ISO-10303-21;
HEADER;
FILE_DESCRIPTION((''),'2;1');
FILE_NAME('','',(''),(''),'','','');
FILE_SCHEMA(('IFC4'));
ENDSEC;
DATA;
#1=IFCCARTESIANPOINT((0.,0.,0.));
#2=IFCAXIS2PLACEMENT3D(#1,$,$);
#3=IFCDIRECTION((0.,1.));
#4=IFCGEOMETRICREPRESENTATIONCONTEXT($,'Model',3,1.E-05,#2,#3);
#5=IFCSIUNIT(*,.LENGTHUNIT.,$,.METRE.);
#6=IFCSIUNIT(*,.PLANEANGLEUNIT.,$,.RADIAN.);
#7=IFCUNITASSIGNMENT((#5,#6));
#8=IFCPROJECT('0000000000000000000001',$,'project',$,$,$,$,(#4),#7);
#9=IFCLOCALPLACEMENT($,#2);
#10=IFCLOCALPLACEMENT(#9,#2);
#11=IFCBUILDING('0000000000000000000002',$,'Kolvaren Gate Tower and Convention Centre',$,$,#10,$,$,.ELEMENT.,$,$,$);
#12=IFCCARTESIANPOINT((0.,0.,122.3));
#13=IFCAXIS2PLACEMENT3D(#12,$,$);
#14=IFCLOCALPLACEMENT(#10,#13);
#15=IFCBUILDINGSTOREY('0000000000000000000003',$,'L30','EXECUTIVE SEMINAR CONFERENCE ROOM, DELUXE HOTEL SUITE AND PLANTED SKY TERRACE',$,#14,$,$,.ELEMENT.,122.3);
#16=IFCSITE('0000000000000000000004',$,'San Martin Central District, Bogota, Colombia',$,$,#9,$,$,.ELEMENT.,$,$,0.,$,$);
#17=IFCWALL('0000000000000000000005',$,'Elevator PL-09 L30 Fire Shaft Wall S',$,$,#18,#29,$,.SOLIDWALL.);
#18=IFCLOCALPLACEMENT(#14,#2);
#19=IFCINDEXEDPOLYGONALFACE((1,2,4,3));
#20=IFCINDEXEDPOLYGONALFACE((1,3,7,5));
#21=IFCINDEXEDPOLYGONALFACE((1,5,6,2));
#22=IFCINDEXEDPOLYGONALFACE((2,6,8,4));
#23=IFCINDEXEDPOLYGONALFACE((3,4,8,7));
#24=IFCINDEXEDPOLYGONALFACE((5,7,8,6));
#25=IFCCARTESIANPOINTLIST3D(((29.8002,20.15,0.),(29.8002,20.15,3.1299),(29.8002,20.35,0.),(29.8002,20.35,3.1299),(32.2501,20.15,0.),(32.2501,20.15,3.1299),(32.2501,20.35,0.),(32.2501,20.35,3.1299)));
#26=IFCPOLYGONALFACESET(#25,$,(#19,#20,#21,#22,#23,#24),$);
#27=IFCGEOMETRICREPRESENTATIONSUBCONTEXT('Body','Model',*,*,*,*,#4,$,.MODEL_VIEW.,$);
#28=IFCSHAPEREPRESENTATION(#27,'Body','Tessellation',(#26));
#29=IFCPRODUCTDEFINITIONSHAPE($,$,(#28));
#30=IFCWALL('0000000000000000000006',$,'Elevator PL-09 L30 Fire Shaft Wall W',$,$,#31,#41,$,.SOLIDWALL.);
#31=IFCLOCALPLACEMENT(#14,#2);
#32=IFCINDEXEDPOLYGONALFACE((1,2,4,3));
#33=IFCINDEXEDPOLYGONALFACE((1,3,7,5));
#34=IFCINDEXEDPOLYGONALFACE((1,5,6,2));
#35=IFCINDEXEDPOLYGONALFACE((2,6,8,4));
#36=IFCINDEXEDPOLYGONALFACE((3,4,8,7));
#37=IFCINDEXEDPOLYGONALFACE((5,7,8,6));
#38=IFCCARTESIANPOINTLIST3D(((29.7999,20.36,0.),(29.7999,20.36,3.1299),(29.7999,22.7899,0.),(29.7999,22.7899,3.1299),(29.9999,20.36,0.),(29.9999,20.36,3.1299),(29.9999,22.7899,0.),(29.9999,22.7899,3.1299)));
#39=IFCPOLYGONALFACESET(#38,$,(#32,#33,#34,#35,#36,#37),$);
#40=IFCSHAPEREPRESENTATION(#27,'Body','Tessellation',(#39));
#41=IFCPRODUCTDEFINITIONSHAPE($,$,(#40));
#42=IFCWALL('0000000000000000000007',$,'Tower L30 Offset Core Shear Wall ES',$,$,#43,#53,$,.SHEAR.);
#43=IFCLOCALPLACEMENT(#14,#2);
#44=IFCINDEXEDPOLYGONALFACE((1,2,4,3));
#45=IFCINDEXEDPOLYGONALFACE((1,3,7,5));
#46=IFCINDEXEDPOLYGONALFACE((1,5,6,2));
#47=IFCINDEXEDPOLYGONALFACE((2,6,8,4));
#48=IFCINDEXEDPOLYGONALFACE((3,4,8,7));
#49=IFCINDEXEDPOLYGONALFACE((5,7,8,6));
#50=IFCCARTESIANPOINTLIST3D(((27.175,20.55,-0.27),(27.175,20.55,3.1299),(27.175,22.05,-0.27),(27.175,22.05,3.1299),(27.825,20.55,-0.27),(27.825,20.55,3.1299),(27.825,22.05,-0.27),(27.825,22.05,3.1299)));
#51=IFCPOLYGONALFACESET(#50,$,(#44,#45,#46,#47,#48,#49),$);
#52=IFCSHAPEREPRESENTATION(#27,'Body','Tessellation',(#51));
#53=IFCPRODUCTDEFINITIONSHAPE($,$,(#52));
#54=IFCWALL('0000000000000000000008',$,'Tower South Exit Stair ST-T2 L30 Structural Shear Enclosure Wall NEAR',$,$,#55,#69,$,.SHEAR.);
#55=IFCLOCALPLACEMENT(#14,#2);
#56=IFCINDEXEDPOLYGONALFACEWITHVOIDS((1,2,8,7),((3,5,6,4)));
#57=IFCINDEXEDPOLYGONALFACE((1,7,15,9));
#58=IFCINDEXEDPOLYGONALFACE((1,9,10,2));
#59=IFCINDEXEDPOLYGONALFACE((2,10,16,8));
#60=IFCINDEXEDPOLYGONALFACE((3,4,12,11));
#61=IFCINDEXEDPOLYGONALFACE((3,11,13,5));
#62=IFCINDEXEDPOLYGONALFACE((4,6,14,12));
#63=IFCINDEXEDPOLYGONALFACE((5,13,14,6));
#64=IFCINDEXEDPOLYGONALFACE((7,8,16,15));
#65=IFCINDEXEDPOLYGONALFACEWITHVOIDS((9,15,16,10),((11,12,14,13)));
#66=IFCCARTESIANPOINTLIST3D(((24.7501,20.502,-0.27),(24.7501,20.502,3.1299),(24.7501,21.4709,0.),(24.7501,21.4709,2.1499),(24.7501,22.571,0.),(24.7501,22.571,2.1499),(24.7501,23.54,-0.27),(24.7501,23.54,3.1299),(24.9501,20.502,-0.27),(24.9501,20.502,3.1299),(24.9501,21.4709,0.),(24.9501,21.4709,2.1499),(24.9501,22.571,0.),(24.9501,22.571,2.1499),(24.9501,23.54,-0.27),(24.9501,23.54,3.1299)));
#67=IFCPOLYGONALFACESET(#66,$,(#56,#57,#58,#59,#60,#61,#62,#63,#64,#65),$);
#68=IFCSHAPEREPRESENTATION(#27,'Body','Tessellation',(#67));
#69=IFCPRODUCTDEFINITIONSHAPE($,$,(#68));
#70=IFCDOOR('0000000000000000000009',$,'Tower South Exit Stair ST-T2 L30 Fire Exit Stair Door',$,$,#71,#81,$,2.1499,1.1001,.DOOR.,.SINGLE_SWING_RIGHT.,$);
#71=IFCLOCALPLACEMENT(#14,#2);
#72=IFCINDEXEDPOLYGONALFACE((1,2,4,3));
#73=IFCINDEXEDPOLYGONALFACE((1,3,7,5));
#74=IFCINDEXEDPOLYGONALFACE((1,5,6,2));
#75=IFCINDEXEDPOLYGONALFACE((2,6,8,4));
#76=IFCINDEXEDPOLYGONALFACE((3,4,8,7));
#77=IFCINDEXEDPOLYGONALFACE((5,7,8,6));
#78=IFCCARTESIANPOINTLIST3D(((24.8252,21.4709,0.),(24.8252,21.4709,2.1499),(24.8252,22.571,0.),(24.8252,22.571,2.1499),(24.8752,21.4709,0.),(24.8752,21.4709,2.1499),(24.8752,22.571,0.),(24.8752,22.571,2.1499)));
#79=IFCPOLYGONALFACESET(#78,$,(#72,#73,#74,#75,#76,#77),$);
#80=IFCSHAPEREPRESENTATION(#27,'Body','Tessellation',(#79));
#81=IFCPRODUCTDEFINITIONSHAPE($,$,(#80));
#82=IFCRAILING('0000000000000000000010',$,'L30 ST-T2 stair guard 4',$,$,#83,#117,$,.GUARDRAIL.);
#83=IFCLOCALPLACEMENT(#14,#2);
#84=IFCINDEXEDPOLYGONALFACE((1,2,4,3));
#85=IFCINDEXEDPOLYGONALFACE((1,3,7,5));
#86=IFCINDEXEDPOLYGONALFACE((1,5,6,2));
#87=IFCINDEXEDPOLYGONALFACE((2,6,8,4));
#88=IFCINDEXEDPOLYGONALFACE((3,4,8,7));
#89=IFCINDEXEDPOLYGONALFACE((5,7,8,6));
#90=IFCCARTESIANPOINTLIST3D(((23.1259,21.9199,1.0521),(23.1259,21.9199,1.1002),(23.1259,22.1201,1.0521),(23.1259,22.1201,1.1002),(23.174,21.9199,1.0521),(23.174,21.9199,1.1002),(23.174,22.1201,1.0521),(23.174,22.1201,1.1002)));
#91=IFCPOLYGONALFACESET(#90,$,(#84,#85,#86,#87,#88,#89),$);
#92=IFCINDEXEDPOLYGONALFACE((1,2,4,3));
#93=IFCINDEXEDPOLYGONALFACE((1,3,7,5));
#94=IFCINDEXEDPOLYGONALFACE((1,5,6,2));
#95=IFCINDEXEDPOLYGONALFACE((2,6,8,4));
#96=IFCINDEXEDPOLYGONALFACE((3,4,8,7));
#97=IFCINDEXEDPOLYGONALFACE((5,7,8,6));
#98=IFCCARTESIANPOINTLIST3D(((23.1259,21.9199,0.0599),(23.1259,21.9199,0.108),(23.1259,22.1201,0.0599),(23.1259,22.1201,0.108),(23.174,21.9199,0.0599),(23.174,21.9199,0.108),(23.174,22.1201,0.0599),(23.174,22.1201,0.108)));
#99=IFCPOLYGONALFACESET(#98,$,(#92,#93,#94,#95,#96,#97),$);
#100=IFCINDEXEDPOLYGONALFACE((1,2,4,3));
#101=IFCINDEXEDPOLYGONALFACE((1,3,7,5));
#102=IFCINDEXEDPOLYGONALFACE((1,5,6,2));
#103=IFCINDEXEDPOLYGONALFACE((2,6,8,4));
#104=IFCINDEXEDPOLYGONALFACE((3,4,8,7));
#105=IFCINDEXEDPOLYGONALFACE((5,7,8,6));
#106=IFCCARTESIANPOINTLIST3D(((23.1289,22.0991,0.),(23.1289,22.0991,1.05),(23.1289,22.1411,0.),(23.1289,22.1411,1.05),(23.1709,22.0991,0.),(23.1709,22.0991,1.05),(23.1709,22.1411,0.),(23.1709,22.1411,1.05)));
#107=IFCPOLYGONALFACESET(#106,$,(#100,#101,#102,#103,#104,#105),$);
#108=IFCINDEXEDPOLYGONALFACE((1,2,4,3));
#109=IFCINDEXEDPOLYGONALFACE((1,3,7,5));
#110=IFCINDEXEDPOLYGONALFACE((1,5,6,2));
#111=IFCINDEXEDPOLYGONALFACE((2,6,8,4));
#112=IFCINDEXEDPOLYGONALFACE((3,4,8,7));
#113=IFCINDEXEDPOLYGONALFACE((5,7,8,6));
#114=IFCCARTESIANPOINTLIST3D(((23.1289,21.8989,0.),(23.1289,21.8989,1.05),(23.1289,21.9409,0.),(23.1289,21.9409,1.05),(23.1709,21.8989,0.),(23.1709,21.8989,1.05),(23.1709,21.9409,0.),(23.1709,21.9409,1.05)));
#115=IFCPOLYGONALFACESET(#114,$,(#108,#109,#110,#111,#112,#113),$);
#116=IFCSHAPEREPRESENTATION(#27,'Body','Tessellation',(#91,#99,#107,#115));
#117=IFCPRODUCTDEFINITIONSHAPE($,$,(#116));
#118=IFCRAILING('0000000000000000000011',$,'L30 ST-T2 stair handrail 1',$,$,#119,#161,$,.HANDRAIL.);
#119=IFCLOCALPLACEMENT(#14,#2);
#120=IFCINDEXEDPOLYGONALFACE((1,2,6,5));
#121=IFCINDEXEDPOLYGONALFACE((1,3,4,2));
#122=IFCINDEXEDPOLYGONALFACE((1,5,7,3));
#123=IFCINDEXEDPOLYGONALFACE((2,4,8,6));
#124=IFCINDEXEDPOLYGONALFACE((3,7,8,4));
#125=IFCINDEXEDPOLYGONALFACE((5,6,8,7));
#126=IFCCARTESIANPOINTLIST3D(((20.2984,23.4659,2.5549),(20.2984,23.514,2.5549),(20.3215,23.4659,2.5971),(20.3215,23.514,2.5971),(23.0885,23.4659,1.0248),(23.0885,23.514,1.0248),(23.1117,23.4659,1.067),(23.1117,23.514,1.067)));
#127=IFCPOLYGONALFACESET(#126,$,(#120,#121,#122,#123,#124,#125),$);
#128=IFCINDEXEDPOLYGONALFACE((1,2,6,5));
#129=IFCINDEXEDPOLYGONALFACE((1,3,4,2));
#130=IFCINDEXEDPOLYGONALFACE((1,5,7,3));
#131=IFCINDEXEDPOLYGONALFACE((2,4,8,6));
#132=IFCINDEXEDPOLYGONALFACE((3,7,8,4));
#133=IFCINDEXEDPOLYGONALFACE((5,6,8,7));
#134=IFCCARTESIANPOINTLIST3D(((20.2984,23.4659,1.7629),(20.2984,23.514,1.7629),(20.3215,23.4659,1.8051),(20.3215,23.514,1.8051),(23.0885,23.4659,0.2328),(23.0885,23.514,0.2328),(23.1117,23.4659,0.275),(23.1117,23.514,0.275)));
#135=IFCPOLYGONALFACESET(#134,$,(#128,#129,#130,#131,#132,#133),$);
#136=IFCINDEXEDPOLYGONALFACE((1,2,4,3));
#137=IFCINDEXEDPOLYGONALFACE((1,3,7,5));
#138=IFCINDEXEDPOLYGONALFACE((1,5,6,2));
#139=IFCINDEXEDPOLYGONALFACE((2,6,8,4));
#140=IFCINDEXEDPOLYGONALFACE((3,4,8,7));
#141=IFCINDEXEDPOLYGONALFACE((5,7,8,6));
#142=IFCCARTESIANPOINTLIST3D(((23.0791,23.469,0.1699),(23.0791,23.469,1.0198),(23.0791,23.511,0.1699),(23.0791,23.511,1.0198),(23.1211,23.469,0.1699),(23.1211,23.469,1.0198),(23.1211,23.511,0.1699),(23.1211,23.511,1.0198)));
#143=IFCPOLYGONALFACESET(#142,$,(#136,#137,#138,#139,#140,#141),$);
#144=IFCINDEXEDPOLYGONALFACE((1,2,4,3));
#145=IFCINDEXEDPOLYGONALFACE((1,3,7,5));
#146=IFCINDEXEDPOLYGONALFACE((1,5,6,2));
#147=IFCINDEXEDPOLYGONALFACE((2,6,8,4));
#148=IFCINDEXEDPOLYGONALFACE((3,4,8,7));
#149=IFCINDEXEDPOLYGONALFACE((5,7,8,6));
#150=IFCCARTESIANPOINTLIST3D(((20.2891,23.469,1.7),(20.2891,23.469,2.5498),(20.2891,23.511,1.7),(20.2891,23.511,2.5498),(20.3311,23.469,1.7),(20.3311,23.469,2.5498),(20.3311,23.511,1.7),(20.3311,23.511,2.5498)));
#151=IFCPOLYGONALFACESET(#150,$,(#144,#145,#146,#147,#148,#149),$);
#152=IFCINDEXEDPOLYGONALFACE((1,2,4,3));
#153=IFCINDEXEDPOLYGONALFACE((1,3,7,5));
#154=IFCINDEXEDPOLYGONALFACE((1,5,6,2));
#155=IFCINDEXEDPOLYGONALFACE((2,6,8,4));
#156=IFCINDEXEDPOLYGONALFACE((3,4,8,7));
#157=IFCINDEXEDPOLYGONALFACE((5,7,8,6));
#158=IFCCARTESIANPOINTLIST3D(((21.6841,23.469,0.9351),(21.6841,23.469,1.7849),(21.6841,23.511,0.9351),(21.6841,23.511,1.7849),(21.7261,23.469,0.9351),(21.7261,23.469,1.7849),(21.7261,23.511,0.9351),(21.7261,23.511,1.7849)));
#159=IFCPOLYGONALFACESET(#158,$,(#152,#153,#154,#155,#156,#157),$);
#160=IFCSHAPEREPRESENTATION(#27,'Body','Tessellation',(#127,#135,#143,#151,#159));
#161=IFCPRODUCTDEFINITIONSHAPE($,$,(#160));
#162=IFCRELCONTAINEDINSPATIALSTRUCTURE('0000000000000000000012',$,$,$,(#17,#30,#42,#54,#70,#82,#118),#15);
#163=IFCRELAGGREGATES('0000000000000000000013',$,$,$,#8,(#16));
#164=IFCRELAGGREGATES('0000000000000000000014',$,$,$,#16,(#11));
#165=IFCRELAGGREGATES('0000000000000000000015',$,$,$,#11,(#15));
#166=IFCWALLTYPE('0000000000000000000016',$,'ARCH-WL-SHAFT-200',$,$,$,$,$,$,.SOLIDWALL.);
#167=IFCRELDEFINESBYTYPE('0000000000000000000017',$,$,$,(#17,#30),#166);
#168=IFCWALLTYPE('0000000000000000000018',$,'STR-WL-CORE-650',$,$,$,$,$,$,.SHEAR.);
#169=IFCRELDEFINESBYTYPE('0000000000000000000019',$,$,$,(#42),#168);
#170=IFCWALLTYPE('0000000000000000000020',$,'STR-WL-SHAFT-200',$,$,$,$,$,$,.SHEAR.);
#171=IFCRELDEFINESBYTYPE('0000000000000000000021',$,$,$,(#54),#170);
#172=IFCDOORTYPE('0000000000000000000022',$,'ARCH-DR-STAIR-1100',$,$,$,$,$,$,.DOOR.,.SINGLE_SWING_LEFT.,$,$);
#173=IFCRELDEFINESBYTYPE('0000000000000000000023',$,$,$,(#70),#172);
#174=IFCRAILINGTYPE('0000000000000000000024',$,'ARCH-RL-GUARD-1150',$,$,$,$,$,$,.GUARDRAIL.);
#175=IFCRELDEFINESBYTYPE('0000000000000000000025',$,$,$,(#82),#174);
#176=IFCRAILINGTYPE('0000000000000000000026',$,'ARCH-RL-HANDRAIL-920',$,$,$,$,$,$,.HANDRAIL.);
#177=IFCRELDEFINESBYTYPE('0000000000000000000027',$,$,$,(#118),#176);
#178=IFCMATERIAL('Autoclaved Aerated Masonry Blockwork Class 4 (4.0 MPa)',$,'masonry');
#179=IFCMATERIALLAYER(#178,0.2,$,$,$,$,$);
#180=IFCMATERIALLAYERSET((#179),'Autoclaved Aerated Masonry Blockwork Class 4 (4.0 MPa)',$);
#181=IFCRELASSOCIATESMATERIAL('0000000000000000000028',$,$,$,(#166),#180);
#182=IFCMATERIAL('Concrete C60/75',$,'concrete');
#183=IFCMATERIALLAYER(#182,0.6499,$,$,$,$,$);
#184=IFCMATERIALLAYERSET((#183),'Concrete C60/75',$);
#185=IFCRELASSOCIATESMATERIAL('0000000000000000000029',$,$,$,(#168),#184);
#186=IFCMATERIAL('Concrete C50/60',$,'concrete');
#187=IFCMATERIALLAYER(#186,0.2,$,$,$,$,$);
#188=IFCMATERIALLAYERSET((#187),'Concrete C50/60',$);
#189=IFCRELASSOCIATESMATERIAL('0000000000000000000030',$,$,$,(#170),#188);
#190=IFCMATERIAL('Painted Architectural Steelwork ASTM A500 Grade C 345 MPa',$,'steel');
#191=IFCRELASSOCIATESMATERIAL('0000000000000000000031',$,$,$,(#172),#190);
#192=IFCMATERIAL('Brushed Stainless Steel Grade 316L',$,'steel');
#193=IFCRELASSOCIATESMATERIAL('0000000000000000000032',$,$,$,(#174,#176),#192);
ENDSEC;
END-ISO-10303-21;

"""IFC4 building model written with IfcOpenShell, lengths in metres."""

from ifc_helpers import new_model, si_unit, direction, frame, frame_2d, origin, origin_2d, place, context, subcontext, project, spatial, rectangle, extrude, material, layer, layer_set, type_object, element, fill, save


model = new_model("IFC4")

# Units and contexts
model_context = context("Model", 3, precision=1e-05, world=origin(), true_north=direction((0.0, 1.0)))
body_context = subcontext(model_context, "Body", "Model", "MODEL_VIEW")
ifc_project = project(units=[si_unit("LENGTHUNIT", "METRE"), si_unit("PLANEANGLEUNIT", "RADIAN")], contexts=[model_context])

# Site, building, storey
site_placement = place(None, origin())
site = spatial("IfcSite", under=ifc_project, at=site_placement, Name="San Martin Central District, Bogota, Colombia", CompositionType="ELEMENT", RefElevation=0.0)
building_placement = place(site_placement, origin())
building = spatial("IfcBuilding", under=site, at=building_placement, Name="Kolvaren Gate Tower and Convention Centre", CompositionType="ELEMENT")
storey_placement = place(building_placement, frame((0.0, 0.0, 122.3)))
storey = spatial("IfcBuildingStorey", under=building, at=storey_placement, Name="L30", Description="EXECUTIVE SEMINAR CONFERENCE ROOM, DELUXE HOTEL SUITE AND PLANTED SKY TERRACE", CompositionType="ELEMENT", Elevation=122.3)

# Shared definitions
ifc_material_1 = material(Name="Autoclaved Aerated Masonry Blockwork Class 4 (4.0 MPa)", Category="masonry")

# Shared definitions
ifc_material_2 = material(Name="Painted Architectural Steelwork ASTM A500 Grade C 345 MPa", Category="steel")

# Shared definitions
ifc_layer_1 = layer(ifc_material_1, 0.2)
ifc_layer_set_1 = layer_set([ifc_layer_1], Name="Autoclaved Aerated Masonry Blockwork Class 4 (4.0 MPa)")
wall_type_1 = type_object("IfcWallType", Name="ARCH-WL-SHAFT-200", PredefinedType="SOLIDWALL", material=ifc_layer_set_1)
ifc_material_3 = material(Name="Brushed Stainless Steel Grade 316L", Category="steel")

# Walls
for number, where, z_axis, x_axis, name in (
    (1, (29.8, 20.25, 0.0), (0.0, 0.0, 1.0), (1.0, 0.0, 0.0), "Elevator PL-09 L30 Fire Shaft Wall S"),
):
    element("IfcWall", number, at=place(storey_placement, frame(where, z_axis=z_axis, x_axis=x_axis)), inside=storey, type_object=wall_type_1, Name=name, PredefinedType="SOLIDWALL", context=body_context, shape_type="SweptSolid", body=[
        extrude(rectangle(XDim=2.45, YDim=0.2, at=frame_2d((1.2251, 0.0))), origin(), (0.0, 0.0, 1.0), 3.1299),
    ])
wall_1_placement = place(storey_placement, frame((29.8999, 20.3601, 0.0), z_axis=(0.0, 0.0, 1.0), x_axis=(0.0, 1.0, 0.0)))
element("IfcWall", 2, at=wall_1_placement, inside=storey, type_object=wall_type_1, Name="Elevator PL-09 L30 Fire Shaft Wall W", PredefinedType="SOLIDWALL", context=body_context, shape_type="SweptSolid", body=[
    extrude(rectangle(XDim=2.4299, YDim=0.2, at=frame_2d((1.2148, 0.0))), origin(), (0.0, 0.0, 1.0), 3.1299),
])
ifc_material_4 = material(Name="Concrete C60/75", Category="concrete")
ifc_layer_2 = layer(ifc_material_4, 0.6499)
ifc_layer_set_2 = layer_set([ifc_layer_2], Name="Concrete C60/75")
wall_type_2 = type_object("IfcWallType", Name="STR-WL-CORE-650", PredefinedType="SHEAR", material=ifc_layer_set_2)
wall_2_placement = place(storey_placement, frame((27.5, 20.55, -0.27), z_axis=(0.0, 0.0, 1.0), x_axis=(0.0, 1.0, 0.0)))
element("IfcWall", 3, at=wall_2_placement, inside=storey, type_object=wall_type_2, Name="Tower L30 Offset Core Shear Wall ES", PredefinedType="SHEAR", context=body_context, shape_type="SweptSolid", body=[
    extrude(rectangle(XDim=1.5, YDim=0.6499, at=frame_2d((0.75, 0.0))), origin(), (0.0, 0.0, 1.0), 3.3999),
])

# Wall, opening, door
ifc_material_5 = material(Name="Concrete C50/60", Category="concrete")
ifc_layer_3 = layer(ifc_material_5, 0.2)
ifc_layer_set_3 = layer_set([ifc_layer_3], Name="Concrete C50/60")
wall_type_3 = type_object("IfcWallType", Name="STR-WL-SHAFT-200", PredefinedType="SHEAR", material=ifc_layer_set_3)
wall_3_placement = place(storey_placement, frame((24.8501, 20.502, -0.27), z_axis=(0.0, 0.0, 1.0), x_axis=(0.0, 1.0, 0.0)))
wall_3 = element("IfcWall", 4, at=wall_3_placement, inside=storey, type_object=wall_type_3, Name="Tower South Exit Stair ST-T2 L30 Structural Shear Enclosure Wall NEAR", PredefinedType="SHEAR", context=body_context, shape_type="SweptSolid", body=[
    extrude(rectangle(XDim=3.0381, YDim=0.2, at=frame_2d((1.519, 0.0))), origin(), (0.0, 0.0, 1.0), 3.3999),
])
opening_1_placement = place(wall_3_placement, frame((0.969, 0.0, 0.27)))
opening_1 = element("IfcOpeningElement", 5, at=opening_1_placement, cuts=wall_3, PredefinedType="OPENING", context=body_context, shape_type="SweptSolid", body=[
    extrude(rectangle(XDim=1.1001, YDim=2.1499, at=frame_2d((0.55, 1.075))), frame((0.0, 0.1099, 0.0), z_axis=(0.0, -1.0, 0.0), x_axis=(1.0, 0.0, 0.0)), (0.0, 0.0, 1.0), 0.22),
])
door_type_1 = type_object("IfcDoorType", Name="ARCH-DR-STAIR-1100", OperationType="SINGLE_SWING_LEFT", PredefinedType="DOOR", material=ifc_material_2)
door_1_placement = place(opening_1_placement, origin())
door_1 = element("IfcDoor", 6, at=door_1_placement, inside=storey, type_object=door_type_1, Name="Tower South Exit Stair ST-T2 L30 Fire Exit Stair Door", OperationType="SINGLE_SWING_RIGHT", OverallHeight=2.1499, OverallWidth=1.1001, PredefinedType="DOOR", context=body_context, shape_type="SweptSolid", body=[
    extrude(rectangle(XDim=1.1001, YDim=2.1499, at=frame_2d((0.55, 1.075))), frame((0.0, 0.0249, 0.0), z_axis=(0.0, -1.0, 0.0), x_axis=(1.0, 0.0, 0.0)), (0.0, 0.0, 1.0), 0.05),
])
fill(opening_1, door_1)

# Railings
railing_type_1 = type_object("IfcRailingType", Name="ARCH-RL-GUARD-1150", PredefinedType="GUARDRAIL", material=ifc_material_3)
railing_1_placement = place(storey_placement, frame((23.1499, 22.1201, 0.0)))
element("IfcRailing", 7, at=railing_1_placement, inside=storey, type_object=railing_type_1, Name="L30 ST-T2 stair guard 4", PredefinedType="GUARDRAIL", context=body_context, shape_type="SweptSolid", body=[
    extrude(rectangle(XDim=0.0481, YDim=0.0481, at=origin_2d()), frame((0.0, 0.0, 1.0762), z_axis=(0.0, -1.0, 0.0), x_axis=(1.0, 0.0, 0.0)), (0.0, 0.0, 1.0), 0.2002),
    extrude(rectangle(XDim=0.0481, YDim=0.0481, at=origin_2d()), frame((0.0, 0.0, 0.084), z_axis=(0.0, -1.0, 0.0), x_axis=(1.0, 0.0, 0.0)), (0.0, 0.0, 1.0), 0.2002),
    extrude(rectangle(XDim=0.042, YDim=0.042, at=origin_2d()), origin(), (0.0, 0.0, 1.0), 1.05),
    extrude(rectangle(XDim=0.042, YDim=0.042, at=origin_2d()), frame((0.0, -0.2002, 0.0)), (0.0, 0.0, 1.0), 1.05),
])
railing_type_2 = type_object("IfcRailingType", Name="ARCH-RL-HANDRAIL-920", PredefinedType="HANDRAIL", material=ifc_material_3)
railing_2_placement = place(storey_placement, frame((23.1001, 23.49, 0.1699)))
element("IfcRailing", 8, at=railing_2_placement, inside=storey, type_object=railing_type_2, Name="L30 ST-T2 stair handrail 1", PredefinedType="HANDRAIL", context=body_context, shape_type="SweptSolid", body=[
    extrude(rectangle(XDim=0.0481, YDim=0.0481, at=origin_2d()), frame((0.0, 0.0, 0.876), z_axis=(-0.876811, 0.0, 0.480835), x_axis=(0.0, -1.0, 0.0)), (0.0, 0.0, 1.0), 3.1821),
    extrude(rectangle(XDim=0.0481, YDim=0.0481, at=origin_2d()), frame((0.0, 0.0, 0.084), z_axis=(-0.876811, 0.0, 0.480835), x_axis=(0.0, -1.0, 0.0)), (0.0, 0.0, 1.0), 3.1821),
    extrude(rectangle(XDim=0.042, YDim=0.042, at=origin_2d()), origin(), (0.0, 0.0, 1.0), 0.8499),
    extrude(rectangle(XDim=0.042, YDim=0.042, at=origin_2d()), frame((-2.79, 0.0, 1.53)), (0.0, 0.0, 1.0), 0.8499),
    extrude(rectangle(XDim=0.042, YDim=0.042, at=origin_2d()), frame((-1.395, 0.0, 0.7651)), (0.0, 0.0, 1.0), 0.8499),
])

save(model, "model.ifc")
